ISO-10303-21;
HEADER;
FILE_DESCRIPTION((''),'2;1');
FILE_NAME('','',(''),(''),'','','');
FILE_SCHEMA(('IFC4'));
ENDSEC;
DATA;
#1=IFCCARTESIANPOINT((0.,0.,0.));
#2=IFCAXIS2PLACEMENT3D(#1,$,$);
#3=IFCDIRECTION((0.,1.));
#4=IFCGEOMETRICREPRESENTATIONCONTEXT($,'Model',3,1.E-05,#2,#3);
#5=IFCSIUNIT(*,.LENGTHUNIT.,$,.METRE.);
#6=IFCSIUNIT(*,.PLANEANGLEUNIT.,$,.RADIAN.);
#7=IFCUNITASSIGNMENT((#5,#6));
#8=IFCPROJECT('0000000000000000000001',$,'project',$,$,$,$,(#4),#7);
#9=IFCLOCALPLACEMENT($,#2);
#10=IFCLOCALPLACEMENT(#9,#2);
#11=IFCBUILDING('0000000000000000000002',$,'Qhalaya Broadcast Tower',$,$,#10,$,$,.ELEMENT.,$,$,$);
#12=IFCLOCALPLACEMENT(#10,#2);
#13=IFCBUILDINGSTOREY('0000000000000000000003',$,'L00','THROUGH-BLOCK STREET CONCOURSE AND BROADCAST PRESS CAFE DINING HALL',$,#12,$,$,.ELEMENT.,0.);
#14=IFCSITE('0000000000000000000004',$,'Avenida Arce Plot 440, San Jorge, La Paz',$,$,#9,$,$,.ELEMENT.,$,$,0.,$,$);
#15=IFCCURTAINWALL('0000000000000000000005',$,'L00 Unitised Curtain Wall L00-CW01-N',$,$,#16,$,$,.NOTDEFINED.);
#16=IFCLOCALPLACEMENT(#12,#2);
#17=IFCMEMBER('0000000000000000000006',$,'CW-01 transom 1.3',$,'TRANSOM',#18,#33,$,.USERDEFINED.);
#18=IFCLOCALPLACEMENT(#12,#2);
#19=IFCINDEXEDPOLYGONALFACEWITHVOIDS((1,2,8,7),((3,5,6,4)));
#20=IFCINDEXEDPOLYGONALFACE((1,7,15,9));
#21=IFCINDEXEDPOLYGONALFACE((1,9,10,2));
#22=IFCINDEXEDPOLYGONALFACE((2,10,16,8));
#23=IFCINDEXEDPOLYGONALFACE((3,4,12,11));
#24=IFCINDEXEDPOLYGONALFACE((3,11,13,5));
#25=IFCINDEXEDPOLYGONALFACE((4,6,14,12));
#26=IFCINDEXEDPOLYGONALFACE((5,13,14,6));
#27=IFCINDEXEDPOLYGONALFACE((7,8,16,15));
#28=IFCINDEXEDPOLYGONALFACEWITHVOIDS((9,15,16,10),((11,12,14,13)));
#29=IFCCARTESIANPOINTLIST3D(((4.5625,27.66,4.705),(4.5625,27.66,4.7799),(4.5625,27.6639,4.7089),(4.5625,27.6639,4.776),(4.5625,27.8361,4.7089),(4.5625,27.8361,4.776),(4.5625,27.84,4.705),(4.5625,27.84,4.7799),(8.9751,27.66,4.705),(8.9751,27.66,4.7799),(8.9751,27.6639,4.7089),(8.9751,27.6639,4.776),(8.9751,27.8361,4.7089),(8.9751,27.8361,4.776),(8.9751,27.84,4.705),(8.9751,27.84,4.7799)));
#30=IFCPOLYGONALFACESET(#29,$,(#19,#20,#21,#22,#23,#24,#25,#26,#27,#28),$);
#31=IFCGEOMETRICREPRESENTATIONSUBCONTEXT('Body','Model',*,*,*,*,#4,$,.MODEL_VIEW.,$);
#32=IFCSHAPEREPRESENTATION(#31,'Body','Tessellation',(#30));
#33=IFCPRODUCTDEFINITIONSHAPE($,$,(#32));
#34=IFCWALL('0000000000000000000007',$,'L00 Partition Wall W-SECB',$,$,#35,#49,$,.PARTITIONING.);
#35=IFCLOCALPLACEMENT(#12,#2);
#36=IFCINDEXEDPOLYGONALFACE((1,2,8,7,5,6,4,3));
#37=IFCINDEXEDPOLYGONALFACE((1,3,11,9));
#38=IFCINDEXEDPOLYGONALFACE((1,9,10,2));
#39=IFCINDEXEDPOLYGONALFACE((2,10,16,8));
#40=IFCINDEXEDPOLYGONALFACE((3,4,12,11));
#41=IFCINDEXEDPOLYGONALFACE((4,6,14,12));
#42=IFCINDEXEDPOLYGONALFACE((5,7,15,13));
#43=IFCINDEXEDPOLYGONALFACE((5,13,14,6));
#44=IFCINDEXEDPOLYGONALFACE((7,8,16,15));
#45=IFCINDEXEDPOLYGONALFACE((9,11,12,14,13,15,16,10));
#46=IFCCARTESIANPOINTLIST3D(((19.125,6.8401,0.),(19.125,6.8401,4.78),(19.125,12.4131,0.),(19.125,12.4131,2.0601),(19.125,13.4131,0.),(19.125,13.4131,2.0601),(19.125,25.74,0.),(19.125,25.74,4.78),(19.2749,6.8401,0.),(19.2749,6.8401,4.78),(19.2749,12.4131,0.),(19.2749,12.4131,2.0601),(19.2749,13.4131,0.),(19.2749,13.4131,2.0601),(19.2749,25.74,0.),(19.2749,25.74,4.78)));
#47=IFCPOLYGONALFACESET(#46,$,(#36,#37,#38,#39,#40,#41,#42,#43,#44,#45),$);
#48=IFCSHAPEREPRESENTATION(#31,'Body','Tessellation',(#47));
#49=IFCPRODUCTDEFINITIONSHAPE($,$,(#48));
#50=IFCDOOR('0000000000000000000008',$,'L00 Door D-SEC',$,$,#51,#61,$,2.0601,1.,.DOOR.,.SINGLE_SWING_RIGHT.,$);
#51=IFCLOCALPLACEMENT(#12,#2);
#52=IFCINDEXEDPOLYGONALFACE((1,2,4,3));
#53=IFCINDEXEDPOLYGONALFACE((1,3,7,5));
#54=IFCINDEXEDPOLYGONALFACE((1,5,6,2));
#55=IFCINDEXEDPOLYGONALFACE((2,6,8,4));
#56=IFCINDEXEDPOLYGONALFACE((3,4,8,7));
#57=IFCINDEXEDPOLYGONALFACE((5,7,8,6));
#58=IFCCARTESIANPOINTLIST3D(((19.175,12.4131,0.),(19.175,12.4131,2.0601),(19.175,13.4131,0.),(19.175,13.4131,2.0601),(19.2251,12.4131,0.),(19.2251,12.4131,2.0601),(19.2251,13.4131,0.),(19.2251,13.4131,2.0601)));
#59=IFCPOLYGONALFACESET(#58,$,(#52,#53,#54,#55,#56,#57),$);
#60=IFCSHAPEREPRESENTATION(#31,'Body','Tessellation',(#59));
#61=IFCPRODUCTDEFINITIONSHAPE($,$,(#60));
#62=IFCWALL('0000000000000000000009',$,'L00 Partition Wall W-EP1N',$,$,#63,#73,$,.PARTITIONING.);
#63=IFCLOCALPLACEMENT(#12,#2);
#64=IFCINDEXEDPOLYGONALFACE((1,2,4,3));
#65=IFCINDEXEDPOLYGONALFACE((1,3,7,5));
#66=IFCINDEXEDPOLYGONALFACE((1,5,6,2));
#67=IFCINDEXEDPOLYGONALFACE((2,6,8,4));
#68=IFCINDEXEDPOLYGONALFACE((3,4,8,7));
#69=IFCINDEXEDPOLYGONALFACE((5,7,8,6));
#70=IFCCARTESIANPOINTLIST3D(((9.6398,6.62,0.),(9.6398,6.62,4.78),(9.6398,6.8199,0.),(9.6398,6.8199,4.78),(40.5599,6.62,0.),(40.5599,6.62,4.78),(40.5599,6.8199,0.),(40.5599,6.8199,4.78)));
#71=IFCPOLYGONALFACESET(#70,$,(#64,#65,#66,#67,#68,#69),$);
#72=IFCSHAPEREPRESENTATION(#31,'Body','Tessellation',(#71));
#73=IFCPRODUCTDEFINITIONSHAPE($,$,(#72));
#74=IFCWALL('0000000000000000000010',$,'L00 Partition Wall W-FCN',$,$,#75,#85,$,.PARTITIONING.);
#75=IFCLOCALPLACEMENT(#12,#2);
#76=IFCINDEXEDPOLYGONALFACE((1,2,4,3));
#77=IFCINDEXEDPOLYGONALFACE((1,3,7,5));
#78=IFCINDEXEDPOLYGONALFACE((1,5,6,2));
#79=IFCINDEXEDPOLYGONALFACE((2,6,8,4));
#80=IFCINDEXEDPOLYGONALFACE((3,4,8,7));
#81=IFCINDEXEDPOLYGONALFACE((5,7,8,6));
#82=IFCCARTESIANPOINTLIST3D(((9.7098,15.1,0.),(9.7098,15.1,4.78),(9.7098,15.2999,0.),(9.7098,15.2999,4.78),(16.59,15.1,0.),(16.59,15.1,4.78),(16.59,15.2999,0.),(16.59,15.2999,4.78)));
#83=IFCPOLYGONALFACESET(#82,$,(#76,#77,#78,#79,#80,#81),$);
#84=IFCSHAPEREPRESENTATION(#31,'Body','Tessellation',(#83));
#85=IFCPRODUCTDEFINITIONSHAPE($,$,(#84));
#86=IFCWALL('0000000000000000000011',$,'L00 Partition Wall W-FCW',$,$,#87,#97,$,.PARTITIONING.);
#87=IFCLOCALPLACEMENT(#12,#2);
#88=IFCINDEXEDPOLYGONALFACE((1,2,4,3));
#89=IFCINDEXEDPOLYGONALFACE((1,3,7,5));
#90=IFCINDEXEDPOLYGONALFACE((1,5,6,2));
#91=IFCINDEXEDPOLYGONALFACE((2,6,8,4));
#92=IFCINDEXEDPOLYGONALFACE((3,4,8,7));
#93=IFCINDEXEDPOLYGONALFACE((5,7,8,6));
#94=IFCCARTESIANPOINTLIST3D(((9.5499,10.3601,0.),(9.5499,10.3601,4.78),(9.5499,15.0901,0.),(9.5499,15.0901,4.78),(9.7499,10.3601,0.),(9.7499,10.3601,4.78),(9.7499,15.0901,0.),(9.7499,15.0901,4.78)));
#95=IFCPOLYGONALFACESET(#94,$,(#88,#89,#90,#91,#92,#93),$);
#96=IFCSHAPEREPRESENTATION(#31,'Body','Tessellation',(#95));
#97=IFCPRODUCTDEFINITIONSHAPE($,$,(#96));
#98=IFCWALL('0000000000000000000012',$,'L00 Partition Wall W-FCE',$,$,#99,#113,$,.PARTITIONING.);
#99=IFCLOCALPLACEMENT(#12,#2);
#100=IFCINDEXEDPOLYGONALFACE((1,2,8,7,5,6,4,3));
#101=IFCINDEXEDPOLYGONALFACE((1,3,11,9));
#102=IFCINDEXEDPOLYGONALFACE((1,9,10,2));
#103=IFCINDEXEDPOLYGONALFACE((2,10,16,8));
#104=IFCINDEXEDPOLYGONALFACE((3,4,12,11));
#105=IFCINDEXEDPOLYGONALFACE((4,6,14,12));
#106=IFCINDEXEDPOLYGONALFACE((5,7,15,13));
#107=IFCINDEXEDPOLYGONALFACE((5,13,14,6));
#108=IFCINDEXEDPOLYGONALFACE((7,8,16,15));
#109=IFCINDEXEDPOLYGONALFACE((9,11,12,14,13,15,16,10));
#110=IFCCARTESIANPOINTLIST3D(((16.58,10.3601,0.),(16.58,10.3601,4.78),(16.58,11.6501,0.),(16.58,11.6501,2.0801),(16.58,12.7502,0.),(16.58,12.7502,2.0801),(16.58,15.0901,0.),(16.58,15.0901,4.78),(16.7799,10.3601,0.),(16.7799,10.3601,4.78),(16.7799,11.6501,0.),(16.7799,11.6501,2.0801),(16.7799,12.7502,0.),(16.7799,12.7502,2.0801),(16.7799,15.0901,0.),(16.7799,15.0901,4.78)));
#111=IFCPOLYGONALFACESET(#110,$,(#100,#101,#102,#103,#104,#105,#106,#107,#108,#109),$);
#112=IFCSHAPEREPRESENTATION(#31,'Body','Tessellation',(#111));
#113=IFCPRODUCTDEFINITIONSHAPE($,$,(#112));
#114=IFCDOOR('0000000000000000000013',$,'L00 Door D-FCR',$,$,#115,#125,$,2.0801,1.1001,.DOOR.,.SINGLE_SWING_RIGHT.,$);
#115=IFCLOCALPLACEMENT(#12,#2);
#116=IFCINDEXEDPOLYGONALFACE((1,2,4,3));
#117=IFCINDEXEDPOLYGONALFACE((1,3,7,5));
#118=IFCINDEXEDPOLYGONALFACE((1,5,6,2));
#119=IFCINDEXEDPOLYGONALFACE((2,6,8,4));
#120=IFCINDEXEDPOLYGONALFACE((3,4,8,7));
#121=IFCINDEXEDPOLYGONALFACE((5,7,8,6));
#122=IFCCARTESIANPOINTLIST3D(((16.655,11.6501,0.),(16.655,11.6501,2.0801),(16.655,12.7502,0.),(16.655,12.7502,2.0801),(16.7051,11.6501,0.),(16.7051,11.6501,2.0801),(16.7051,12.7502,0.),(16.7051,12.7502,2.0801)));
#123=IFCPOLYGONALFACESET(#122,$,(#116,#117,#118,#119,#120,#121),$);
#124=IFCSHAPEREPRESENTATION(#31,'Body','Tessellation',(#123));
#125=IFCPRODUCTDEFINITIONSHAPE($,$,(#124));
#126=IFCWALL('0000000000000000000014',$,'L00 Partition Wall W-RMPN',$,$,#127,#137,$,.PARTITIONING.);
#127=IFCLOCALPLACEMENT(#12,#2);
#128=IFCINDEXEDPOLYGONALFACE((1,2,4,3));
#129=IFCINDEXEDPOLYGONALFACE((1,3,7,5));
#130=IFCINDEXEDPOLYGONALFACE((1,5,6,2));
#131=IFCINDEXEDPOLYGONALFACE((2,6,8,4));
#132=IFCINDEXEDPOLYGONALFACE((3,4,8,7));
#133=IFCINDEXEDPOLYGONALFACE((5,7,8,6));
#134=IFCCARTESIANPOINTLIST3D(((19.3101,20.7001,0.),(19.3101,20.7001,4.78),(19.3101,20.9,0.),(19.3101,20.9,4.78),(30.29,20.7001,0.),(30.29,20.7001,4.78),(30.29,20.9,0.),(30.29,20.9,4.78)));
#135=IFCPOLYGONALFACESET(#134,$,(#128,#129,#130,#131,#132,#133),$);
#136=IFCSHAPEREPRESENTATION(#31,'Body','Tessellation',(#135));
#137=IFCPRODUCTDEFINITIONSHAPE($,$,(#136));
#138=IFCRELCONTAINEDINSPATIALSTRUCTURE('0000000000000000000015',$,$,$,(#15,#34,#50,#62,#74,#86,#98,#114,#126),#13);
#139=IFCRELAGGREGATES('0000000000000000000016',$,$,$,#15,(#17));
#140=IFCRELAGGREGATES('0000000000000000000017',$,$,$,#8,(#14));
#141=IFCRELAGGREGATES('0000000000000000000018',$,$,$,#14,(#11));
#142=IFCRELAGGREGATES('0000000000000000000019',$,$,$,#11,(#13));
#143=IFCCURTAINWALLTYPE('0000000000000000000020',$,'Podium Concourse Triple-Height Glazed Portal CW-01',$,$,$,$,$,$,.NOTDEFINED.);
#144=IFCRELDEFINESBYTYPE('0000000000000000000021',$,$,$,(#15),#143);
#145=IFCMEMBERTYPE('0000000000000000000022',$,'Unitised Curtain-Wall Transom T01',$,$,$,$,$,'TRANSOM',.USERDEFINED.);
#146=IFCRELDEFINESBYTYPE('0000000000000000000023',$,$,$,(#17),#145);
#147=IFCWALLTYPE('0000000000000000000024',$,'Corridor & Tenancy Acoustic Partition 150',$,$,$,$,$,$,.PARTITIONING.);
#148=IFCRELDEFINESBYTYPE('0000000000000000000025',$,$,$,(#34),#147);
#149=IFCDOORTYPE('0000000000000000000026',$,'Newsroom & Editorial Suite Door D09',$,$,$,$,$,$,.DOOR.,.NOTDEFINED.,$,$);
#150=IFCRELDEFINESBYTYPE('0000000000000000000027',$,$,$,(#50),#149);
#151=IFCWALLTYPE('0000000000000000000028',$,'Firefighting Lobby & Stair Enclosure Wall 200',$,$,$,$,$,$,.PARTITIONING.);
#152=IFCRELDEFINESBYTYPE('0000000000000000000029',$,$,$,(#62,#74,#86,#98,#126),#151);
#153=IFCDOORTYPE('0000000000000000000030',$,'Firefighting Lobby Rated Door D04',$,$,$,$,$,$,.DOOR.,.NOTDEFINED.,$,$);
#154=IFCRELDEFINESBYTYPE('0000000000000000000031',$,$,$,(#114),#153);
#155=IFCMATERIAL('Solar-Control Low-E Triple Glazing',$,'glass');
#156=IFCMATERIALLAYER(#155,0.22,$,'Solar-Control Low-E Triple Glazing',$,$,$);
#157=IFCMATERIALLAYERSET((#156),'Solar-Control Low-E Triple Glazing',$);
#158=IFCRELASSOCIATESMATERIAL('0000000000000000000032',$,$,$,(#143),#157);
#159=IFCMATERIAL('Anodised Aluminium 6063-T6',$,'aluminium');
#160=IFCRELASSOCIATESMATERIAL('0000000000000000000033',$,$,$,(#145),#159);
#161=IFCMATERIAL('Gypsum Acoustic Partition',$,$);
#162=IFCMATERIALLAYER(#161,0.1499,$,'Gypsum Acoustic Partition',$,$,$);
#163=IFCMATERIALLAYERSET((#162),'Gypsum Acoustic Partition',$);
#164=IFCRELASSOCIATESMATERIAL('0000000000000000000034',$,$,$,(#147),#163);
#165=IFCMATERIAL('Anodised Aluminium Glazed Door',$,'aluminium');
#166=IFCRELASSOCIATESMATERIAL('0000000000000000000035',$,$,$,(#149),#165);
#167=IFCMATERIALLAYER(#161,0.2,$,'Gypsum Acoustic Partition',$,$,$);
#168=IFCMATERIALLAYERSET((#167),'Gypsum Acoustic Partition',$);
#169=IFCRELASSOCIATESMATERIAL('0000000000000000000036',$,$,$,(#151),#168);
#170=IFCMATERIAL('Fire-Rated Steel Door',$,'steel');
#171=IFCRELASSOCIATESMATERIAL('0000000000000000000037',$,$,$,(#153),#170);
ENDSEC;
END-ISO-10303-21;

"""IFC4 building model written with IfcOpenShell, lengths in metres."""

from ifc_helpers import new_model, si_unit, direction, frame, frame_2d, origin, origin_2d, place, context, subcontext, project, spatial, rectangle, hollow_rectangle, extrude, material, layer, layer_set, material_profile, profile_set, type_object, element, fill, aggregate, save


model = new_model("IFC4")

# Units and contexts
model_context = context("Model", 3, precision=1e-05, world=origin(), true_north=direction((0.0, 1.0)))
body_context = subcontext(model_context, "Body", "Model", "MODEL_VIEW")
ifc_project = project(units=[si_unit("LENGTHUNIT", "METRE"), si_unit("PLANEANGLEUNIT", "RADIAN")], contexts=[model_context])

# Site, building, storey
site_placement = place(None, origin())
site = spatial("IfcSite", under=ifc_project, at=site_placement, Name="Avenida Arce Plot 440, San Jorge, La Paz", CompositionType="ELEMENT", RefElevation=0.0)
building_placement = place(site_placement, origin())
building = spatial("IfcBuilding", under=site, at=building_placement, Name="Qhalaya Broadcast Tower", CompositionType="ELEMENT")
storey_placement = place(building_placement, origin())
storey = spatial("IfcBuildingStorey", under=building, at=storey_placement, Name="L00", Description="THROUGH-BLOCK STREET CONCOURSE AND BROADCAST PRESS CAFE DINING HALL", CompositionType="ELEMENT", Elevation=0.0)

# Curtain wall, member
ifc_material_1 = material(Name="Solar-Control Low-E Triple Glazing", Category="glass")
ifc_layer_1 = layer(ifc_material_1, 0.22, Name="Solar-Control Low-E Triple Glazing")
ifc_layer_set_1 = layer_set([ifc_layer_1], Name="Solar-Control Low-E Triple Glazing")
curtain_wall_type = type_object("IfcCurtainWallType", Name="Podium Concourse Triple-Height Glazed Portal CW-01", PredefinedType="NOTDEFINED", material=ifc_layer_set_1)
curtain_wall_placement = place(storey_placement, origin())
curtain_wall = element("IfcCurtainWall", 1, at=curtain_wall_placement, inside=storey, type_object=curtain_wall_type, Name="L00 Unitised Curtain Wall L00-CW01-N", PredefinedType="NOTDEFINED")
ifc_material_2 = material(Name="Anodised Aluminium 6063-T6", Category="aluminium")
ifc_material_profile_1 = material_profile(ifc_material_2, hollow_rectangle(XDim=0.075, YDim=0.1799, WallThickness=0.0039, at=origin_2d()), Name="ALU-TRN 75x180x4")
ifc_profile_set_1 = profile_set([ifc_material_profile_1], Name="Anodised Aluminium 6063-T6")
member_type_1 = type_object("IfcMemberType", Name="Unitised Curtain-Wall Transom T01", ElementType="TRANSOM", PredefinedType="USERDEFINED", material=ifc_profile_set_1)
member_1_placement = place(storey_placement, frame((8.9751, 27.75, 4.7424), z_axis=(-1.0, 0.0, 0.0), x_axis=(0.0, 0.0, 1.0)))
member_1 = element("IfcMember", 2, at=member_1_placement, type_object=member_type_1, Name="CW-01 transom 1.3", ObjectType="TRANSOM", PredefinedType="USERDEFINED", context=body_context, shape_type="SweptSolid", body=[
    extrude(hollow_rectangle(XDim=0.075, YDim=0.1799, WallThickness=0.0039, at=origin_2d()), origin(), (0.0, 0.0, 1.0), 4.4126),
])
aggregate(curtain_wall, [member_1])

# Wall, opening, door
ifc_material_3 = material(Name="Gypsum Acoustic Partition")
ifc_layer_2 = layer(ifc_material_3, 0.1499, Name="Gypsum Acoustic Partition")
ifc_layer_set_2 = layer_set([ifc_layer_2], Name="Gypsum Acoustic Partition")
wall_type_1 = type_object("IfcWallType", Name="Corridor & Tenancy Acoustic Partition 150", PredefinedType="PARTITIONING", material=ifc_layer_set_2)
wall_1_placement = place(storey_placement, frame((19.2, 6.8401, 0.0), z_axis=(0.0, 0.0, 1.0), x_axis=(0.0, 1.0, 0.0)))
wall_1 = element("IfcWall", 3, at=wall_1_placement, inside=storey, type_object=wall_type_1, Name="L00 Partition Wall W-SECB", PredefinedType="PARTITIONING", context=body_context, shape_type="SweptSolid", body=[
    extrude(rectangle(XDim=18.8999, YDim=0.1499, at=frame_2d((9.45, 0.0))), origin(), (0.0, 0.0, 1.0), 4.78),
])
opening_1_placement = place(wall_1_placement, frame((5.573, 0.0, 0.0)))
opening_1 = element("IfcOpeningElement", 4, at=opening_1_placement, cuts=wall_1, PredefinedType="OPENING", context=body_context, shape_type="SweptSolid", body=[
    extrude(rectangle(XDim=1.0, YDim=2.0601, at=frame_2d((0.5, 1.03))), frame((0.0, 0.0869, 0.0), z_axis=(0.0, -1.0, 0.0), x_axis=(1.0, 0.0, 0.0)), (0.0, 0.0, 1.0), 0.1738),
])
ifc_material_4 = material(Name="Anodised Aluminium Glazed Door", Category="aluminium")
door_type_1 = type_object("IfcDoorType", Name="Newsroom & Editorial Suite Door D09", OperationType="NOTDEFINED", PredefinedType="DOOR", material=ifc_material_4)
door_1_placement = place(opening_1_placement, origin())
door_1 = element("IfcDoor", 5, at=door_1_placement, inside=storey, type_object=door_type_1, Name="L00 Door D-SEC", OperationType="SINGLE_SWING_RIGHT", OverallHeight=2.0601, OverallWidth=1.0, PredefinedType="DOOR", context=body_context, shape_type="SweptSolid", body=[
    extrude(rectangle(XDim=1.0, YDim=2.0601, at=frame_2d((0.5, 1.03))), frame((0.0, 0.0249, 0.0), z_axis=(0.0, -1.0, 0.0), x_axis=(1.0, 0.0, 0.0)), (0.0, 0.0, 1.0), 0.05),
])
fill(opening_1, door_1)

# Walls
ifc_layer_3 = layer(ifc_material_3, 0.2, Name="Gypsum Acoustic Partition")
ifc_layer_set_3 = layer_set([ifc_layer_3], Name="Gypsum Acoustic Partition")
wall_type_2 = type_object("IfcWallType", Name="Firefighting Lobby & Stair Enclosure Wall 200", PredefinedType="PARTITIONING", material=ifc_layer_set_3)
wall_2_placement = place(storey_placement, frame((9.6399, 6.72, 0.0), z_axis=(0.0, 0.0, 1.0), x_axis=(1.0, 0.0, 0.0)))
element("IfcWall", 6, at=wall_2_placement, inside=storey, type_object=wall_type_2, Name="L00 Partition Wall W-EP1N", PredefinedType="PARTITIONING", context=body_context, shape_type="SweptSolid", body=[
    extrude(rectangle(XDim=30.9202, YDim=0.2, at=frame_2d((15.46, 0.0))), origin(), (0.0, 0.0, 1.0), 4.78),
])
wall_3_placement = place(storey_placement, frame((9.71, 15.2, 0.0), z_axis=(0.0, 0.0, 1.0), x_axis=(1.0, 0.0, 0.0)))
element("IfcWall", 7, at=wall_3_placement, inside=storey, type_object=wall_type_2, Name="L00 Partition Wall W-FCN", PredefinedType="PARTITIONING", context=body_context, shape_type="SweptSolid", body=[
    extrude(rectangle(XDim=6.8801, YDim=0.2, at=frame_2d((3.4399, 0.0))), origin(), (0.0, 0.0, 1.0), 4.78),
])
wall_4_placement = place(storey_placement, frame((9.6499, 10.3601, 0.0), z_axis=(0.0, 0.0, 1.0), x_axis=(0.0, 1.0, 0.0)))
element("IfcWall", 8, at=wall_4_placement, inside=storey, type_object=wall_type_2, Name="L00 Partition Wall W-FCW", PredefinedType="PARTITIONING", context=body_context, shape_type="SweptSolid", body=[
    extrude(rectangle(XDim=4.73, YDim=0.2, at=frame_2d((2.365, 0.0))), origin(), (0.0, 0.0, 1.0), 4.78),
])

# Wall, opening, door
wall_5_placement = place(storey_placement, frame((16.6799, 10.3601, 0.0), z_axis=(0.0, 0.0, 1.0), x_axis=(0.0, 1.0, 0.0)))
wall_5 = element("IfcWall", 9, at=wall_5_placement, inside=storey, type_object=wall_type_2, Name="L00 Partition Wall W-FCE", PredefinedType="PARTITIONING", context=body_context, shape_type="SweptSolid", body=[
    extrude(rectangle(XDim=4.73, YDim=0.2, at=frame_2d((2.365, 0.0))), origin(), (0.0, 0.0, 1.0), 4.78),
])
opening_2_placement = place(wall_5_placement, frame((1.29, 0.0, 0.0)))
opening_2 = element("IfcOpeningElement", 10, at=opening_2_placement, cuts=wall_5, PredefinedType="OPENING", context=body_context, shape_type="SweptSolid", body=[
    extrude(rectangle(XDim=1.1001, YDim=2.0801, at=frame_2d((0.55, 1.04))), frame((0.0, 0.1121, 0.0), z_axis=(0.0, -1.0, 0.0), x_axis=(1.0, 0.0, 0.0)), (0.0, 0.0, 1.0), 0.2239),
])
ifc_material_5 = material(Name="Fire-Rated Steel Door", Category="steel")
door_type_2 = type_object("IfcDoorType", Name="Firefighting Lobby Rated Door D04", OperationType="NOTDEFINED", PredefinedType="DOOR", material=ifc_material_5)
door_2_placement = place(opening_2_placement, origin())
door_2 = element("IfcDoor", 11, at=door_2_placement, inside=storey, type_object=door_type_2, Name="L00 Door D-FCR", OperationType="SINGLE_SWING_RIGHT", OverallHeight=2.0801, OverallWidth=1.1001, PredefinedType="DOOR", context=body_context, shape_type="SweptSolid", body=[
    extrude(rectangle(XDim=1.1001, YDim=2.0801, at=frame_2d((0.55, 1.04))), frame((0.0, 0.0249, 0.0), z_axis=(0.0, -1.0, 0.0), x_axis=(1.0, 0.0, 0.0)), (0.0, 0.0, 1.0), 0.05),
])
fill(opening_2, door_2)

# Wall
wall_6_placement = place(storey_placement, frame((19.3101, 20.8, 0.0), z_axis=(0.0, 0.0, 1.0), x_axis=(1.0, 0.0, 0.0)))
element("IfcWall", 12, at=wall_6_placement, inside=storey, type_object=wall_type_2, Name="L00 Partition Wall W-RMPN", PredefinedType="PARTITIONING", context=body_context, shape_type="SweptSolid", body=[
    extrude(rectangle(XDim=10.98, YDim=0.2, at=frame_2d((5.49, 0.0))), origin(), (0.0, 0.0, 1.0), 4.78),
])

save(model, "model.ifc")
